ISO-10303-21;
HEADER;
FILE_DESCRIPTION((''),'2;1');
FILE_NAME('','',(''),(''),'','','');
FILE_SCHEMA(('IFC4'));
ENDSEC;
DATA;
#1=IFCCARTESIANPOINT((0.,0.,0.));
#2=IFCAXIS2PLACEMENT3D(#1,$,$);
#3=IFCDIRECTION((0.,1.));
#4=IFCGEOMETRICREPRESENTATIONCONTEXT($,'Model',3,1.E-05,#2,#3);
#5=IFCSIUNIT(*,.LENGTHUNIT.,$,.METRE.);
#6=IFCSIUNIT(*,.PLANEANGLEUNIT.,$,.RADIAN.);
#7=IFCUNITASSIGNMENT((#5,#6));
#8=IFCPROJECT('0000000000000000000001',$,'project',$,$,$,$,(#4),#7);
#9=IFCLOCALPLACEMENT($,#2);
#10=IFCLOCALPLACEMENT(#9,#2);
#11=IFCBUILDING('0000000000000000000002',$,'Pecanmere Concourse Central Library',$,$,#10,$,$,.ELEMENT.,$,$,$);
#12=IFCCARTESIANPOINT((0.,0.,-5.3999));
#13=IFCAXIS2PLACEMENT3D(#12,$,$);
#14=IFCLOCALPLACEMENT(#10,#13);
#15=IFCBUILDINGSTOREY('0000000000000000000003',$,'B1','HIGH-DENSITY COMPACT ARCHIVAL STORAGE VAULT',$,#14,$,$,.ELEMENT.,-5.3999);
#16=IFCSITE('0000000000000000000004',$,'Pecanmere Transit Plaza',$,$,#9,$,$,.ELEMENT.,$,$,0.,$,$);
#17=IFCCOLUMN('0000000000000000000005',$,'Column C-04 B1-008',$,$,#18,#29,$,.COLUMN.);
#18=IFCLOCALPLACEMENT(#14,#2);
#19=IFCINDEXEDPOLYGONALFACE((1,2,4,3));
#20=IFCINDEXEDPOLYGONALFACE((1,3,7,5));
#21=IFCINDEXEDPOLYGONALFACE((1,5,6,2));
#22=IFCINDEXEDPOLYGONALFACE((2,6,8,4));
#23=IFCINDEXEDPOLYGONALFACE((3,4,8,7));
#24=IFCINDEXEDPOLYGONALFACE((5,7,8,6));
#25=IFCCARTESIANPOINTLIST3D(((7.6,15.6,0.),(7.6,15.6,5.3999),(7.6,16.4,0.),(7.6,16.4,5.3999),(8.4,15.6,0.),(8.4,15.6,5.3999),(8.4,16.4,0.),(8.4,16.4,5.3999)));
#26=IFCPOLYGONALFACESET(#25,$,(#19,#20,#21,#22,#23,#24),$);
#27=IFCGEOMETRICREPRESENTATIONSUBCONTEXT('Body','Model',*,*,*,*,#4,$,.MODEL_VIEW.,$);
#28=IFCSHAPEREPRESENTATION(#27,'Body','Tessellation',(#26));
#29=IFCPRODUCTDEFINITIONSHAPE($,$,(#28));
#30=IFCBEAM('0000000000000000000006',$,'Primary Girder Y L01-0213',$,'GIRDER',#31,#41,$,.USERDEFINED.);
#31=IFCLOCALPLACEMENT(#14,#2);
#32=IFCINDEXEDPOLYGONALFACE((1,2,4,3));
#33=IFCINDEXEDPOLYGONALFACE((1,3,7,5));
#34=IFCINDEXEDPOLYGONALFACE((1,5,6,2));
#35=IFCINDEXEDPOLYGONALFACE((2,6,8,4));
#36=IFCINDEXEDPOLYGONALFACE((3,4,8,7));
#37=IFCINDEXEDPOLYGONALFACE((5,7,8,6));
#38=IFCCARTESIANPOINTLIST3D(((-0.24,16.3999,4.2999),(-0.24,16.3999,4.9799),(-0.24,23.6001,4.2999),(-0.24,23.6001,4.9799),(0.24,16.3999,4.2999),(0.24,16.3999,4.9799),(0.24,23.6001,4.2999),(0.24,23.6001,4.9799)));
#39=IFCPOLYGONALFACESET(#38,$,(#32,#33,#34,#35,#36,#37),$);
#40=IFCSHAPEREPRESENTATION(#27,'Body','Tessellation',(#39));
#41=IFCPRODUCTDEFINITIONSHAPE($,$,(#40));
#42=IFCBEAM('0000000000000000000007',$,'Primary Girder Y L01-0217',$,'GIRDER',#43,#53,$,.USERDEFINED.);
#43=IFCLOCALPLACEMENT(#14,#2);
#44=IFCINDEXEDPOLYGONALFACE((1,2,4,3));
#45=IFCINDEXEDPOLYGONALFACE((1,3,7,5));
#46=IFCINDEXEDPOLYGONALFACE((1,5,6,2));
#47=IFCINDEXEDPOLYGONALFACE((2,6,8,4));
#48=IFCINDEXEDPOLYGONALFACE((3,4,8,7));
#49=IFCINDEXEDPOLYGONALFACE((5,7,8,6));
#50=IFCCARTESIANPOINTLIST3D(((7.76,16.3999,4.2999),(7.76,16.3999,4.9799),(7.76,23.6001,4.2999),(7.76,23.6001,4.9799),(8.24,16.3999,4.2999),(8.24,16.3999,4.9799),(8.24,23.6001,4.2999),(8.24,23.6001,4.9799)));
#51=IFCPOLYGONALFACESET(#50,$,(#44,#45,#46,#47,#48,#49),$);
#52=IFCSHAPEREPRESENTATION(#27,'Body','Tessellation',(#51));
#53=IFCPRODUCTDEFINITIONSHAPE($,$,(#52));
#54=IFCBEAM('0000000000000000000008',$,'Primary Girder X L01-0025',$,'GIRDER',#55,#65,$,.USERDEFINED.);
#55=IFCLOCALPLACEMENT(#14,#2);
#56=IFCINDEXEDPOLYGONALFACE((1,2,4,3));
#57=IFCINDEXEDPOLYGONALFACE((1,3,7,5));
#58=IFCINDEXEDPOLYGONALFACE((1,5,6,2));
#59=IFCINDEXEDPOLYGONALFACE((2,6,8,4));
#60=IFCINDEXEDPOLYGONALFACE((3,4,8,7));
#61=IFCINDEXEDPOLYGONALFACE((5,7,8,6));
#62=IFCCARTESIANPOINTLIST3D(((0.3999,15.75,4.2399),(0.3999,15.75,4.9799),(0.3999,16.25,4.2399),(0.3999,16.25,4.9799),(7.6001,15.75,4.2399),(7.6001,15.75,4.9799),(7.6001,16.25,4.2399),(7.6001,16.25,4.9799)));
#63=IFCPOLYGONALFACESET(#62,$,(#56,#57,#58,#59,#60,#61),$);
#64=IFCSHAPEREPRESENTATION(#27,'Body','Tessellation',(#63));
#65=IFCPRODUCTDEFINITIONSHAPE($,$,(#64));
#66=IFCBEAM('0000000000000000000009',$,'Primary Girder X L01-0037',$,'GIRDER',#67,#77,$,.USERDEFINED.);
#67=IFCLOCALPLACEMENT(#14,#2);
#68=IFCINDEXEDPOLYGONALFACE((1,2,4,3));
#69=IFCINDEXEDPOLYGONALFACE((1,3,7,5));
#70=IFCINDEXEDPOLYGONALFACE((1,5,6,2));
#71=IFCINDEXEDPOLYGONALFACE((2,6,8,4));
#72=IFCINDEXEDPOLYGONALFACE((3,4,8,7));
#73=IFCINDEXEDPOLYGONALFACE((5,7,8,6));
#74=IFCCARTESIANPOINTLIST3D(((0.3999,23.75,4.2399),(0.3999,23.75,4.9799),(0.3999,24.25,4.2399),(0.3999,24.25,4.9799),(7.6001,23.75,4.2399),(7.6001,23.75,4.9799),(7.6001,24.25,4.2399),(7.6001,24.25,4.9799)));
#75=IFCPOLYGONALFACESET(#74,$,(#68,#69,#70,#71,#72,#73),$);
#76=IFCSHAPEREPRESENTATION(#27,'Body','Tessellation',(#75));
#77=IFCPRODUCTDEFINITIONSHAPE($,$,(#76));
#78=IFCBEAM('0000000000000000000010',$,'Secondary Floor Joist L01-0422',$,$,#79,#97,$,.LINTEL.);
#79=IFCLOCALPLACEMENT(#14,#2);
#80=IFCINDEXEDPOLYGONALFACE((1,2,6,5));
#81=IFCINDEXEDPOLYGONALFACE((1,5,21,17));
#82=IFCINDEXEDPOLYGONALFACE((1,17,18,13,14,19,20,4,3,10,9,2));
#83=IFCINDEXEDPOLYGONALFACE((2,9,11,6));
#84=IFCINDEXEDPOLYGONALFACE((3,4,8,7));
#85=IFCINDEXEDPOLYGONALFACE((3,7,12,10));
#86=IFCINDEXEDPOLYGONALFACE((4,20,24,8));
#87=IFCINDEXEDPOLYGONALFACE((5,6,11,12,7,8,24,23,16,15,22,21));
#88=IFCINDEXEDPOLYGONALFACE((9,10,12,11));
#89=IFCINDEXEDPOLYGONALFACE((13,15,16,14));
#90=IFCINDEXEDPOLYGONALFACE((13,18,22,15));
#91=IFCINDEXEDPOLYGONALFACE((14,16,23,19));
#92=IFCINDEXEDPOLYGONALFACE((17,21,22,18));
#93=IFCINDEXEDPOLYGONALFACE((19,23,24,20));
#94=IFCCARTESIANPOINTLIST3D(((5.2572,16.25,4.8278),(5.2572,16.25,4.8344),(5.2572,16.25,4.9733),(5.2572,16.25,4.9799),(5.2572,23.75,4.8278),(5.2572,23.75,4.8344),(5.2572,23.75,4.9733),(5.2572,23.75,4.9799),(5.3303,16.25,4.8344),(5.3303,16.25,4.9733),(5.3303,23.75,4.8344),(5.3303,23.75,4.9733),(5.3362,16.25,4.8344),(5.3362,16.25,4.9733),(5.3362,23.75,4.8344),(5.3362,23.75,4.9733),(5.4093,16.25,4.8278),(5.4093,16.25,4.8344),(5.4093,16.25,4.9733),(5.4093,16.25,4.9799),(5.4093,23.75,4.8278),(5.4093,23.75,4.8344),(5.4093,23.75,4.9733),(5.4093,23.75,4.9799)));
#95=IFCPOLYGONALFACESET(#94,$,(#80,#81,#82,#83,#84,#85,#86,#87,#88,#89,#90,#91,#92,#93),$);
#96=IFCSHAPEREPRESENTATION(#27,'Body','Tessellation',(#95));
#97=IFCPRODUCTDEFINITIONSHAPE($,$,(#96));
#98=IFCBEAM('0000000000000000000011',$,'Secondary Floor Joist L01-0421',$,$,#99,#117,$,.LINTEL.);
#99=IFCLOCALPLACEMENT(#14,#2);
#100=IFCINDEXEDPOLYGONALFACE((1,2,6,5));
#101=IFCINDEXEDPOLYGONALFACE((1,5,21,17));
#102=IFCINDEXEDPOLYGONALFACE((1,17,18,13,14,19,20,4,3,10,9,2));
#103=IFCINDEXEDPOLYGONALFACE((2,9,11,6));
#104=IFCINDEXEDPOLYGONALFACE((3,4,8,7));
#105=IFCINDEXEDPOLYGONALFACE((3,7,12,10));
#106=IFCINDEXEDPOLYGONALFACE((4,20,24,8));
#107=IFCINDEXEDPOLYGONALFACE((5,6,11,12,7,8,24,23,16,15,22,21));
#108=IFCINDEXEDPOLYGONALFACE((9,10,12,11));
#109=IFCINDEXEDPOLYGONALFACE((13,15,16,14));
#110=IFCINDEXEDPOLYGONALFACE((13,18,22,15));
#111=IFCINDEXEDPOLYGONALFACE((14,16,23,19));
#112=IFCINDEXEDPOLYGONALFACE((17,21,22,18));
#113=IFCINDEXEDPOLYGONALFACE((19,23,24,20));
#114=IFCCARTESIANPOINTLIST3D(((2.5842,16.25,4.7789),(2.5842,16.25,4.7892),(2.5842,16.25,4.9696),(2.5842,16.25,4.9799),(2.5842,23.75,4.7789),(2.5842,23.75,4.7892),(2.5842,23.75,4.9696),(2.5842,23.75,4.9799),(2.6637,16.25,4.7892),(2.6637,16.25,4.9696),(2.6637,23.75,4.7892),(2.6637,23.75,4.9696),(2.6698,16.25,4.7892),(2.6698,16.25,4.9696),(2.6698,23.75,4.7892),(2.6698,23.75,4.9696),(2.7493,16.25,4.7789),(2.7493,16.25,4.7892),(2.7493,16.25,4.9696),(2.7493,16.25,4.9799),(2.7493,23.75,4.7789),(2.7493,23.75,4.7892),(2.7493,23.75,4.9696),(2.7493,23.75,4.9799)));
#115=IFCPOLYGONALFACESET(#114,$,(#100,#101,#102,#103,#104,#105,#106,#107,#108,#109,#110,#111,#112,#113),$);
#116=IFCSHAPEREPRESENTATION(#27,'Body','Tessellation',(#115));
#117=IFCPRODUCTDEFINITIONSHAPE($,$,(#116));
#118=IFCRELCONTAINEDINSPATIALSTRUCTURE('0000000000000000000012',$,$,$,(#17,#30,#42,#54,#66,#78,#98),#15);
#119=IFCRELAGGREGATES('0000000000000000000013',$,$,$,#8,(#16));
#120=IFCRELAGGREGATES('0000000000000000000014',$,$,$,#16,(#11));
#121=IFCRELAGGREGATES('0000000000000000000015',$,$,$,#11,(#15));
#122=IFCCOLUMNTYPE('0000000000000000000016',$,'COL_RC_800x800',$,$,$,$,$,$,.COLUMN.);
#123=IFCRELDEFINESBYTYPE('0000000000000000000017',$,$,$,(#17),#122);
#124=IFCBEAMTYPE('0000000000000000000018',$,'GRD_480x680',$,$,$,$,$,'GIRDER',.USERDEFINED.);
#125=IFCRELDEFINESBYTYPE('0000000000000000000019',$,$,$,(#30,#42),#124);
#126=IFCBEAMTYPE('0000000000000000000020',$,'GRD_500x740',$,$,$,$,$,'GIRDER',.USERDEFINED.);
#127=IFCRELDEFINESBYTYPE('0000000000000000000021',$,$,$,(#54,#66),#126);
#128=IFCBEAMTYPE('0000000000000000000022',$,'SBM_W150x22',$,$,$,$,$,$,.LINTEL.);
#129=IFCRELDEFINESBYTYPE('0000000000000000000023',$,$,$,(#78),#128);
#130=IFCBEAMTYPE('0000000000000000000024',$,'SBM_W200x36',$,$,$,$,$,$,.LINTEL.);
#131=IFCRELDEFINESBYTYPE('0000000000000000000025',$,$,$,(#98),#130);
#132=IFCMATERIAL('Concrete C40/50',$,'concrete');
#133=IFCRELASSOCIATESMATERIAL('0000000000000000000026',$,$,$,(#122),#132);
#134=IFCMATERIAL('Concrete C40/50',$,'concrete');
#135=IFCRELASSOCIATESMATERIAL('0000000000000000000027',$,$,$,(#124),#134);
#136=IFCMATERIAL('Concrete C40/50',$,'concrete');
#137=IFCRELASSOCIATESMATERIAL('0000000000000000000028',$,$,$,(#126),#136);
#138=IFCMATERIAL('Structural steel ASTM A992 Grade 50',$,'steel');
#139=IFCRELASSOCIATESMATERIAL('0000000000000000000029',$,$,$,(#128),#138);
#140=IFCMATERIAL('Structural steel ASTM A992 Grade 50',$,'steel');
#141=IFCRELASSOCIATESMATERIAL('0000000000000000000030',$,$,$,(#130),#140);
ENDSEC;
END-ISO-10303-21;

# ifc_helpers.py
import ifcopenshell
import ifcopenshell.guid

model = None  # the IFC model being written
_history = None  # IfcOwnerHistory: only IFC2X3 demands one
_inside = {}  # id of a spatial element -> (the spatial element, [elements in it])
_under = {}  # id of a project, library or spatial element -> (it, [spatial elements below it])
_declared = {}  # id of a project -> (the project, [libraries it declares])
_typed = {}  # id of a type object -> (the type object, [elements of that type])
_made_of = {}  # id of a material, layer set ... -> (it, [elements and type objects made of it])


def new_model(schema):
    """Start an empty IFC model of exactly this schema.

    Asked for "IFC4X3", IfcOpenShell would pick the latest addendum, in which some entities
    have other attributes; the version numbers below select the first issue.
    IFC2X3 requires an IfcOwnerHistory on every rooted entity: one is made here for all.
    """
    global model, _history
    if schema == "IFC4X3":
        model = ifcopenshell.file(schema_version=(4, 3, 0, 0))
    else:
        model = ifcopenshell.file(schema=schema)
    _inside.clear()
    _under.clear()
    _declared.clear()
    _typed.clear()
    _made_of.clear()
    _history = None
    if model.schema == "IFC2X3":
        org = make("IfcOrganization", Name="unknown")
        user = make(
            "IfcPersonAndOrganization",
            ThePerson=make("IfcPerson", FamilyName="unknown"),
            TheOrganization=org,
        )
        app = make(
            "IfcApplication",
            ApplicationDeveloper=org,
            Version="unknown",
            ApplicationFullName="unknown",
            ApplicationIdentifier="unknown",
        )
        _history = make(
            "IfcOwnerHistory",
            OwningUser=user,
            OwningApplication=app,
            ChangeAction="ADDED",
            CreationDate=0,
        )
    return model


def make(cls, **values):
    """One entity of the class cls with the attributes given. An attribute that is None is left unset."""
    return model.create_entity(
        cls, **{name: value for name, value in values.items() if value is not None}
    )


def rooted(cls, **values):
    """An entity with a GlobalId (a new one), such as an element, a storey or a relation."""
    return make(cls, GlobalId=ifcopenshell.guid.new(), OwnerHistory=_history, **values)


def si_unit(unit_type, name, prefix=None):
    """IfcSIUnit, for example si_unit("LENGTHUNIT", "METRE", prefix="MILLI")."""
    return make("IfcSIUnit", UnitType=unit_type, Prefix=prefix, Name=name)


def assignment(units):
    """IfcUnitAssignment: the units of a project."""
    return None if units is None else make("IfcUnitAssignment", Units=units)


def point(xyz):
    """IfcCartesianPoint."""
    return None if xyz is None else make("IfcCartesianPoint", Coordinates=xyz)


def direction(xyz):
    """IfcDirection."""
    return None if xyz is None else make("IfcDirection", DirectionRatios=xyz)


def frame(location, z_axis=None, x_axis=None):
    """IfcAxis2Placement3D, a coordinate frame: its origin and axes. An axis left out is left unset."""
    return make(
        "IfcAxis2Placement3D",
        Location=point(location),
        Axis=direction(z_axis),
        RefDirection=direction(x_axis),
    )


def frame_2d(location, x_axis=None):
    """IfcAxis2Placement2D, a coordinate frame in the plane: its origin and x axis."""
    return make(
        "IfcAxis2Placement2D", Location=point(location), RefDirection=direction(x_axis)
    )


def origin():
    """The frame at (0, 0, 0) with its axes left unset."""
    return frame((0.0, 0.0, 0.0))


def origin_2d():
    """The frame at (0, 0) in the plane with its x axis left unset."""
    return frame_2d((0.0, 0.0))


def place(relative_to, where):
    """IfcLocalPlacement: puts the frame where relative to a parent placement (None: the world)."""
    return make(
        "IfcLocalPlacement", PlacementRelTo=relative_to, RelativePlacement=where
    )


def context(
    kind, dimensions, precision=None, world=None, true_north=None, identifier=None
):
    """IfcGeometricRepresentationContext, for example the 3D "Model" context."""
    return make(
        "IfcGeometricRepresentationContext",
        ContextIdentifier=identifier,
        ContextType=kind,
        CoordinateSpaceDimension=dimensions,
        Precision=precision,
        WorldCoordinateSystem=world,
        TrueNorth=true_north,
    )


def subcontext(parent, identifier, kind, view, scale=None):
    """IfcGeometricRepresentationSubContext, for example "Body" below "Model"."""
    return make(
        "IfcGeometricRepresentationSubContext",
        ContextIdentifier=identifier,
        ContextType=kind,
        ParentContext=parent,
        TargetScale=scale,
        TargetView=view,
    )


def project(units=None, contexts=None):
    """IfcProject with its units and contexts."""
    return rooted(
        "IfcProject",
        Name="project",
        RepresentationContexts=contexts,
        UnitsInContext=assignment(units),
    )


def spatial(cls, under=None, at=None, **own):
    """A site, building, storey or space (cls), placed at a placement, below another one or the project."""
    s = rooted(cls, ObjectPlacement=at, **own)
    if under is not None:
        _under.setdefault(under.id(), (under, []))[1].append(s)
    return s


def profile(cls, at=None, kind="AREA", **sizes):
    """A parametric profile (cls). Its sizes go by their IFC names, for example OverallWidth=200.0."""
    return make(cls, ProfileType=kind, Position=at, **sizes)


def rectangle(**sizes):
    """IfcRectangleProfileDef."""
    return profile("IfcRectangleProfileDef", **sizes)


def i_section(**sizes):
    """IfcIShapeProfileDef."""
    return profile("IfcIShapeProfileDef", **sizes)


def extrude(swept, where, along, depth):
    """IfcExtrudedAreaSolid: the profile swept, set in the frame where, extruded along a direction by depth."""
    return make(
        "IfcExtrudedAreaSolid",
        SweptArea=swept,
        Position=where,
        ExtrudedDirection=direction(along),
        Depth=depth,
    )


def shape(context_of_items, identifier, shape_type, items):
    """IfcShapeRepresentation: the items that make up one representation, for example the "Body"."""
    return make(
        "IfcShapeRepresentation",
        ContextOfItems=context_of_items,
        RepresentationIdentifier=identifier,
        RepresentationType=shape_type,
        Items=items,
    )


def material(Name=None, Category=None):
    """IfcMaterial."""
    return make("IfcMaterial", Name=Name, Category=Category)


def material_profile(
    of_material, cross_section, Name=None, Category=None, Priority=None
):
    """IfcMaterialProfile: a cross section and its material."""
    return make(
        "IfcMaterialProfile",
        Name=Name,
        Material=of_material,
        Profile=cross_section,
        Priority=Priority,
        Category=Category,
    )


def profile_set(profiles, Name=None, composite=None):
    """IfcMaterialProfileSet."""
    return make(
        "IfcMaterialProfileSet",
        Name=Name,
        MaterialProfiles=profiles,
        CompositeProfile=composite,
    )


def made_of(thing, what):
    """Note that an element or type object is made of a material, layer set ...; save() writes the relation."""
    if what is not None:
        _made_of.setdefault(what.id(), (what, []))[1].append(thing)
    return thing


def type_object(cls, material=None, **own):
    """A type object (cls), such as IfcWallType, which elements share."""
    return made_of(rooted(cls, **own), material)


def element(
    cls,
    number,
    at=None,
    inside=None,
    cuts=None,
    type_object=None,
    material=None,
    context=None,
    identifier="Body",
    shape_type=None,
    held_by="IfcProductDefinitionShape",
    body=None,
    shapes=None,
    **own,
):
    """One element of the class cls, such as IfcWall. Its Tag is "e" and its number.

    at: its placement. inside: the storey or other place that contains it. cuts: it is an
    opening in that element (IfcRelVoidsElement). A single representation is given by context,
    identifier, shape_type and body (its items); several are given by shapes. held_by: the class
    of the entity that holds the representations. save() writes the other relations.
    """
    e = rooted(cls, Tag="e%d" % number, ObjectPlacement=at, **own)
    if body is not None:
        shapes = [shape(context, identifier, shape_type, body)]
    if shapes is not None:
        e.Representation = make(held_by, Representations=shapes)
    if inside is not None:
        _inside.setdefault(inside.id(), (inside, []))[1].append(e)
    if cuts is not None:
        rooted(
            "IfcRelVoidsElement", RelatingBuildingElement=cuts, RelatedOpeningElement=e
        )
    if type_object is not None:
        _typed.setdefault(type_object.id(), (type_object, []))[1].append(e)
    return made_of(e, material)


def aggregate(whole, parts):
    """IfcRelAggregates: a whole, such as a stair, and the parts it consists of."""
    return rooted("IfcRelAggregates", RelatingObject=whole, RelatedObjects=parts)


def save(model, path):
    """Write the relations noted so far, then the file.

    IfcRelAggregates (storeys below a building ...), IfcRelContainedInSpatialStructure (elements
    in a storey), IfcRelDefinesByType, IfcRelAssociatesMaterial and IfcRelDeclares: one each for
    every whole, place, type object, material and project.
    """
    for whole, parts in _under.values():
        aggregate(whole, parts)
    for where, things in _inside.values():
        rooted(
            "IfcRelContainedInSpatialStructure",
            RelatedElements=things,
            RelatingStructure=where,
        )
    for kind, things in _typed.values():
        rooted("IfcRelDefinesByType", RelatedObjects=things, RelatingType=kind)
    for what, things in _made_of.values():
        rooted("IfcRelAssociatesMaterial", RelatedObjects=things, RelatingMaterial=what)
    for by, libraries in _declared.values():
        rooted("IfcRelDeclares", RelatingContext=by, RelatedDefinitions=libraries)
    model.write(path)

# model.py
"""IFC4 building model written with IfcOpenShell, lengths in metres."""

from ifc_helpers import new_model, si_unit, direction, frame, origin, origin_2d, place, context, subcontext, project, spatial, rectangle, i_section, extrude, material, material_profile, profile_set, type_object, element, save


model = new_model("IFC4")

# Units and contexts
model_context = context("Model", 3, precision=1e-05, world=origin(), true_north=direction((0.0, 1.0)))
body_context = subcontext(model_context, "Body", "Model", "MODEL_VIEW")
ifc_project = project(units=[si_unit("LENGTHUNIT", "METRE"), si_unit("PLANEANGLEUNIT", "RADIAN")], contexts=[model_context])

# Site, building, storey
site_placement = place(None, origin())
site = spatial("IfcSite", under=ifc_project, at=site_placement, Name="Pecanmere Transit Plaza", CompositionType="ELEMENT", RefElevation=0.0)
building_placement = place(site_placement, origin())
building = spatial("IfcBuilding", under=site, at=building_placement, Name="Pecanmere Concourse Central Library", CompositionType="ELEMENT")
storey_placement = place(building_placement, frame((0.0, 0.0, -5.3999)))
storey = spatial("IfcBuildingStorey", under=building, at=storey_placement, Name="B1", Description="HIGH-DENSITY COMPACT ARCHIVAL STORAGE VAULT", CompositionType="ELEMENT", Elevation=-5.3999)

# Column
ifc_material_1 = material(Name="Concrete C40/50", Category="concrete")
ifc_material_profile_1 = material_profile(ifc_material_1, rectangle(XDim=0.8, YDim=0.8, at=origin_2d()), Name="RC 800x800")
ifc_profile_set_1 = profile_set([ifc_material_profile_1], Name="Concrete C40/50")
column_type = type_object("IfcColumnType", Name="COL_RC_800x800", PredefinedType="COLUMN", material=ifc_profile_set_1)
for number, where, z_axis, x_axis, name in (
    (1, (8.0, 16.0, 0.0), (0.0, 0.0, 1.0), (1.0, 0.0, 0.0), "Column C-04 B1-008"),
):
    element("IfcColumn", number, at=place(storey_placement, frame(where, z_axis=z_axis, x_axis=x_axis)), inside=storey, type_object=column_type, Name=name, PredefinedType="COLUMN", context=body_context, shape_type="SweptSolid", body=[
        extrude(rectangle(XDim=0.8, YDim=0.8, at=origin_2d()), origin(), (0.0, 0.0, 1.0), 5.3999),
    ])

# Beams
ifc_material_2 = material(Name="Concrete C40/50", Category="concrete")
ifc_material_profile_2 = material_profile(ifc_material_2, rectangle(XDim=0.48, YDim=0.6799, at=origin_2d()), Name="RC 480x680")
ifc_profile_set_2 = profile_set([ifc_material_profile_2], Name="Concrete C40/50")
beam_type_1 = type_object("IfcBeamType", Name="GRD_480x680", ElementType="GIRDER", PredefinedType="USERDEFINED", material=ifc_profile_set_2)
for number, where, z_axis, x_axis, name in (
    (2, (0.0, 16.3999, 4.6399), (0.0, 1.0, 0.0), (-1.0, 0.0, 0.0), "Primary Girder Y L01-0213"),
    (3, (8.0, 16.3999, 4.6399), (0.0, 1.0, 0.0), (-1.0, 0.0, 0.0), "Primary Girder Y L01-0217"),
):
    element("IfcBeam", number, at=place(storey_placement, frame(where, z_axis=z_axis, x_axis=x_axis)), inside=storey, type_object=beam_type_1, Name=name, ObjectType="GIRDER", PredefinedType="USERDEFINED", context=body_context, shape_type="SweptSolid", body=[
        extrude(rectangle(XDim=0.48, YDim=0.6799, at=origin_2d()), origin(), (0.0, 0.0, 1.0), 7.2002),
    ])
ifc_material_3 = material(Name="Concrete C40/50", Category="concrete")
ifc_material_profile_3 = material_profile(ifc_material_3, rectangle(XDim=0.5, YDim=0.74, at=origin_2d()), Name="RC 500x740")
ifc_profile_set_3 = profile_set([ifc_material_profile_3], Name="Concrete C40/50")
beam_type_2 = type_object("IfcBeamType", Name="GRD_500x740", ElementType="GIRDER", PredefinedType="USERDEFINED", material=ifc_profile_set_3)
for number, where, z_axis, x_axis, name in (
    (4, (0.3999, 16.0, 4.6099), (1.0, 0.0, 0.0), (0.0, 1.0, 0.0), "Primary Girder X L01-0025"),
    (5, (0.3999, 24.0, 4.6099), (1.0, 0.0, 0.0), (0.0, 1.0, 0.0), "Primary Girder X L01-0037"),
):
    element("IfcBeam", number, at=place(storey_placement, frame(where, z_axis=z_axis, x_axis=x_axis)), inside=storey, type_object=beam_type_2, Name=name, ObjectType="GIRDER", PredefinedType="USERDEFINED", context=body_context, shape_type="SweptSolid", body=[
        extrude(rectangle(XDim=0.5, YDim=0.74, at=origin_2d()), origin(), (0.0, 0.0, 1.0), 7.2002),
    ])
ifc_material_4 = material(Name="Structural steel ASTM A992 Grade 50", Category="steel")
ifc_material_profile_4 = material_profile(ifc_material_4, i_section(OverallWidth=0.1521, OverallDepth=0.1521, WebThickness=0.0059, FlangeThickness=0.0066, at=origin_2d()), Name="W150x22.5")
ifc_profile_set_4 = profile_set([ifc_material_profile_4], Name="Structural steel ASTM A992 Grade 50")
beam_type_3 = type_object("IfcBeamType", Name="SBM_W150x22", PredefinedType="LINTEL", material=ifc_profile_set_4)
beam_1_placement = place(storey_placement, frame((5.3333, 16.25, 4.9038), z_axis=(0.0, 1.0, 0.0), x_axis=(-1.0, 0.0, 0.0)))
element("IfcBeam", 6, at=beam_1_placement, inside=storey, type_object=beam_type_3, Name="Secondary Floor Joist L01-0422", PredefinedType="LINTEL", context=body_context, shape_type="SweptSolid", body=[
    extrude(i_section(OverallWidth=0.1521, OverallDepth=0.1521, WebThickness=0.0059, FlangeThickness=0.0066, at=origin_2d()), origin(), (0.0, 0.0, 1.0), 7.5),
])
ifc_material_5 = material(Name="Structural steel ASTM A992 Grade 50", Category="steel")
ifc_material_profile_5 = material_profile(ifc_material_5, i_section(OverallWidth=0.165, OverallDepth=0.2009, WebThickness=0.0061, FlangeThickness=0.0103, at=origin_2d()), Name="W200x35.9")
ifc_profile_set_5 = profile_set([ifc_material_profile_5], Name="Structural steel ASTM A992 Grade 50")
beam_type_4 = type_object("IfcBeamType", Name="SBM_W200x36", PredefinedType="LINTEL", material=ifc_profile_set_5)
beam_2_placement = place(storey_placement, frame((2.6667, 16.25, 4.8794), z_axis=(0.0, 1.0, 0.0), x_axis=(-1.0, 0.0, 0.0)))
element("IfcBeam", 7, at=beam_2_placement, inside=storey, type_object=beam_type_4, Name="Secondary Floor Joist L01-0421", PredefinedType="LINTEL", context=body_context, shape_type="SweptSolid", body=[
    extrude(i_section(OverallWidth=0.165, OverallDepth=0.2009, WebThickness=0.0061, FlangeThickness=0.0103, at=origin_2d()), origin(), (0.0, 0.0, 1.0), 7.5),
])

save(model, "model.ifc")
